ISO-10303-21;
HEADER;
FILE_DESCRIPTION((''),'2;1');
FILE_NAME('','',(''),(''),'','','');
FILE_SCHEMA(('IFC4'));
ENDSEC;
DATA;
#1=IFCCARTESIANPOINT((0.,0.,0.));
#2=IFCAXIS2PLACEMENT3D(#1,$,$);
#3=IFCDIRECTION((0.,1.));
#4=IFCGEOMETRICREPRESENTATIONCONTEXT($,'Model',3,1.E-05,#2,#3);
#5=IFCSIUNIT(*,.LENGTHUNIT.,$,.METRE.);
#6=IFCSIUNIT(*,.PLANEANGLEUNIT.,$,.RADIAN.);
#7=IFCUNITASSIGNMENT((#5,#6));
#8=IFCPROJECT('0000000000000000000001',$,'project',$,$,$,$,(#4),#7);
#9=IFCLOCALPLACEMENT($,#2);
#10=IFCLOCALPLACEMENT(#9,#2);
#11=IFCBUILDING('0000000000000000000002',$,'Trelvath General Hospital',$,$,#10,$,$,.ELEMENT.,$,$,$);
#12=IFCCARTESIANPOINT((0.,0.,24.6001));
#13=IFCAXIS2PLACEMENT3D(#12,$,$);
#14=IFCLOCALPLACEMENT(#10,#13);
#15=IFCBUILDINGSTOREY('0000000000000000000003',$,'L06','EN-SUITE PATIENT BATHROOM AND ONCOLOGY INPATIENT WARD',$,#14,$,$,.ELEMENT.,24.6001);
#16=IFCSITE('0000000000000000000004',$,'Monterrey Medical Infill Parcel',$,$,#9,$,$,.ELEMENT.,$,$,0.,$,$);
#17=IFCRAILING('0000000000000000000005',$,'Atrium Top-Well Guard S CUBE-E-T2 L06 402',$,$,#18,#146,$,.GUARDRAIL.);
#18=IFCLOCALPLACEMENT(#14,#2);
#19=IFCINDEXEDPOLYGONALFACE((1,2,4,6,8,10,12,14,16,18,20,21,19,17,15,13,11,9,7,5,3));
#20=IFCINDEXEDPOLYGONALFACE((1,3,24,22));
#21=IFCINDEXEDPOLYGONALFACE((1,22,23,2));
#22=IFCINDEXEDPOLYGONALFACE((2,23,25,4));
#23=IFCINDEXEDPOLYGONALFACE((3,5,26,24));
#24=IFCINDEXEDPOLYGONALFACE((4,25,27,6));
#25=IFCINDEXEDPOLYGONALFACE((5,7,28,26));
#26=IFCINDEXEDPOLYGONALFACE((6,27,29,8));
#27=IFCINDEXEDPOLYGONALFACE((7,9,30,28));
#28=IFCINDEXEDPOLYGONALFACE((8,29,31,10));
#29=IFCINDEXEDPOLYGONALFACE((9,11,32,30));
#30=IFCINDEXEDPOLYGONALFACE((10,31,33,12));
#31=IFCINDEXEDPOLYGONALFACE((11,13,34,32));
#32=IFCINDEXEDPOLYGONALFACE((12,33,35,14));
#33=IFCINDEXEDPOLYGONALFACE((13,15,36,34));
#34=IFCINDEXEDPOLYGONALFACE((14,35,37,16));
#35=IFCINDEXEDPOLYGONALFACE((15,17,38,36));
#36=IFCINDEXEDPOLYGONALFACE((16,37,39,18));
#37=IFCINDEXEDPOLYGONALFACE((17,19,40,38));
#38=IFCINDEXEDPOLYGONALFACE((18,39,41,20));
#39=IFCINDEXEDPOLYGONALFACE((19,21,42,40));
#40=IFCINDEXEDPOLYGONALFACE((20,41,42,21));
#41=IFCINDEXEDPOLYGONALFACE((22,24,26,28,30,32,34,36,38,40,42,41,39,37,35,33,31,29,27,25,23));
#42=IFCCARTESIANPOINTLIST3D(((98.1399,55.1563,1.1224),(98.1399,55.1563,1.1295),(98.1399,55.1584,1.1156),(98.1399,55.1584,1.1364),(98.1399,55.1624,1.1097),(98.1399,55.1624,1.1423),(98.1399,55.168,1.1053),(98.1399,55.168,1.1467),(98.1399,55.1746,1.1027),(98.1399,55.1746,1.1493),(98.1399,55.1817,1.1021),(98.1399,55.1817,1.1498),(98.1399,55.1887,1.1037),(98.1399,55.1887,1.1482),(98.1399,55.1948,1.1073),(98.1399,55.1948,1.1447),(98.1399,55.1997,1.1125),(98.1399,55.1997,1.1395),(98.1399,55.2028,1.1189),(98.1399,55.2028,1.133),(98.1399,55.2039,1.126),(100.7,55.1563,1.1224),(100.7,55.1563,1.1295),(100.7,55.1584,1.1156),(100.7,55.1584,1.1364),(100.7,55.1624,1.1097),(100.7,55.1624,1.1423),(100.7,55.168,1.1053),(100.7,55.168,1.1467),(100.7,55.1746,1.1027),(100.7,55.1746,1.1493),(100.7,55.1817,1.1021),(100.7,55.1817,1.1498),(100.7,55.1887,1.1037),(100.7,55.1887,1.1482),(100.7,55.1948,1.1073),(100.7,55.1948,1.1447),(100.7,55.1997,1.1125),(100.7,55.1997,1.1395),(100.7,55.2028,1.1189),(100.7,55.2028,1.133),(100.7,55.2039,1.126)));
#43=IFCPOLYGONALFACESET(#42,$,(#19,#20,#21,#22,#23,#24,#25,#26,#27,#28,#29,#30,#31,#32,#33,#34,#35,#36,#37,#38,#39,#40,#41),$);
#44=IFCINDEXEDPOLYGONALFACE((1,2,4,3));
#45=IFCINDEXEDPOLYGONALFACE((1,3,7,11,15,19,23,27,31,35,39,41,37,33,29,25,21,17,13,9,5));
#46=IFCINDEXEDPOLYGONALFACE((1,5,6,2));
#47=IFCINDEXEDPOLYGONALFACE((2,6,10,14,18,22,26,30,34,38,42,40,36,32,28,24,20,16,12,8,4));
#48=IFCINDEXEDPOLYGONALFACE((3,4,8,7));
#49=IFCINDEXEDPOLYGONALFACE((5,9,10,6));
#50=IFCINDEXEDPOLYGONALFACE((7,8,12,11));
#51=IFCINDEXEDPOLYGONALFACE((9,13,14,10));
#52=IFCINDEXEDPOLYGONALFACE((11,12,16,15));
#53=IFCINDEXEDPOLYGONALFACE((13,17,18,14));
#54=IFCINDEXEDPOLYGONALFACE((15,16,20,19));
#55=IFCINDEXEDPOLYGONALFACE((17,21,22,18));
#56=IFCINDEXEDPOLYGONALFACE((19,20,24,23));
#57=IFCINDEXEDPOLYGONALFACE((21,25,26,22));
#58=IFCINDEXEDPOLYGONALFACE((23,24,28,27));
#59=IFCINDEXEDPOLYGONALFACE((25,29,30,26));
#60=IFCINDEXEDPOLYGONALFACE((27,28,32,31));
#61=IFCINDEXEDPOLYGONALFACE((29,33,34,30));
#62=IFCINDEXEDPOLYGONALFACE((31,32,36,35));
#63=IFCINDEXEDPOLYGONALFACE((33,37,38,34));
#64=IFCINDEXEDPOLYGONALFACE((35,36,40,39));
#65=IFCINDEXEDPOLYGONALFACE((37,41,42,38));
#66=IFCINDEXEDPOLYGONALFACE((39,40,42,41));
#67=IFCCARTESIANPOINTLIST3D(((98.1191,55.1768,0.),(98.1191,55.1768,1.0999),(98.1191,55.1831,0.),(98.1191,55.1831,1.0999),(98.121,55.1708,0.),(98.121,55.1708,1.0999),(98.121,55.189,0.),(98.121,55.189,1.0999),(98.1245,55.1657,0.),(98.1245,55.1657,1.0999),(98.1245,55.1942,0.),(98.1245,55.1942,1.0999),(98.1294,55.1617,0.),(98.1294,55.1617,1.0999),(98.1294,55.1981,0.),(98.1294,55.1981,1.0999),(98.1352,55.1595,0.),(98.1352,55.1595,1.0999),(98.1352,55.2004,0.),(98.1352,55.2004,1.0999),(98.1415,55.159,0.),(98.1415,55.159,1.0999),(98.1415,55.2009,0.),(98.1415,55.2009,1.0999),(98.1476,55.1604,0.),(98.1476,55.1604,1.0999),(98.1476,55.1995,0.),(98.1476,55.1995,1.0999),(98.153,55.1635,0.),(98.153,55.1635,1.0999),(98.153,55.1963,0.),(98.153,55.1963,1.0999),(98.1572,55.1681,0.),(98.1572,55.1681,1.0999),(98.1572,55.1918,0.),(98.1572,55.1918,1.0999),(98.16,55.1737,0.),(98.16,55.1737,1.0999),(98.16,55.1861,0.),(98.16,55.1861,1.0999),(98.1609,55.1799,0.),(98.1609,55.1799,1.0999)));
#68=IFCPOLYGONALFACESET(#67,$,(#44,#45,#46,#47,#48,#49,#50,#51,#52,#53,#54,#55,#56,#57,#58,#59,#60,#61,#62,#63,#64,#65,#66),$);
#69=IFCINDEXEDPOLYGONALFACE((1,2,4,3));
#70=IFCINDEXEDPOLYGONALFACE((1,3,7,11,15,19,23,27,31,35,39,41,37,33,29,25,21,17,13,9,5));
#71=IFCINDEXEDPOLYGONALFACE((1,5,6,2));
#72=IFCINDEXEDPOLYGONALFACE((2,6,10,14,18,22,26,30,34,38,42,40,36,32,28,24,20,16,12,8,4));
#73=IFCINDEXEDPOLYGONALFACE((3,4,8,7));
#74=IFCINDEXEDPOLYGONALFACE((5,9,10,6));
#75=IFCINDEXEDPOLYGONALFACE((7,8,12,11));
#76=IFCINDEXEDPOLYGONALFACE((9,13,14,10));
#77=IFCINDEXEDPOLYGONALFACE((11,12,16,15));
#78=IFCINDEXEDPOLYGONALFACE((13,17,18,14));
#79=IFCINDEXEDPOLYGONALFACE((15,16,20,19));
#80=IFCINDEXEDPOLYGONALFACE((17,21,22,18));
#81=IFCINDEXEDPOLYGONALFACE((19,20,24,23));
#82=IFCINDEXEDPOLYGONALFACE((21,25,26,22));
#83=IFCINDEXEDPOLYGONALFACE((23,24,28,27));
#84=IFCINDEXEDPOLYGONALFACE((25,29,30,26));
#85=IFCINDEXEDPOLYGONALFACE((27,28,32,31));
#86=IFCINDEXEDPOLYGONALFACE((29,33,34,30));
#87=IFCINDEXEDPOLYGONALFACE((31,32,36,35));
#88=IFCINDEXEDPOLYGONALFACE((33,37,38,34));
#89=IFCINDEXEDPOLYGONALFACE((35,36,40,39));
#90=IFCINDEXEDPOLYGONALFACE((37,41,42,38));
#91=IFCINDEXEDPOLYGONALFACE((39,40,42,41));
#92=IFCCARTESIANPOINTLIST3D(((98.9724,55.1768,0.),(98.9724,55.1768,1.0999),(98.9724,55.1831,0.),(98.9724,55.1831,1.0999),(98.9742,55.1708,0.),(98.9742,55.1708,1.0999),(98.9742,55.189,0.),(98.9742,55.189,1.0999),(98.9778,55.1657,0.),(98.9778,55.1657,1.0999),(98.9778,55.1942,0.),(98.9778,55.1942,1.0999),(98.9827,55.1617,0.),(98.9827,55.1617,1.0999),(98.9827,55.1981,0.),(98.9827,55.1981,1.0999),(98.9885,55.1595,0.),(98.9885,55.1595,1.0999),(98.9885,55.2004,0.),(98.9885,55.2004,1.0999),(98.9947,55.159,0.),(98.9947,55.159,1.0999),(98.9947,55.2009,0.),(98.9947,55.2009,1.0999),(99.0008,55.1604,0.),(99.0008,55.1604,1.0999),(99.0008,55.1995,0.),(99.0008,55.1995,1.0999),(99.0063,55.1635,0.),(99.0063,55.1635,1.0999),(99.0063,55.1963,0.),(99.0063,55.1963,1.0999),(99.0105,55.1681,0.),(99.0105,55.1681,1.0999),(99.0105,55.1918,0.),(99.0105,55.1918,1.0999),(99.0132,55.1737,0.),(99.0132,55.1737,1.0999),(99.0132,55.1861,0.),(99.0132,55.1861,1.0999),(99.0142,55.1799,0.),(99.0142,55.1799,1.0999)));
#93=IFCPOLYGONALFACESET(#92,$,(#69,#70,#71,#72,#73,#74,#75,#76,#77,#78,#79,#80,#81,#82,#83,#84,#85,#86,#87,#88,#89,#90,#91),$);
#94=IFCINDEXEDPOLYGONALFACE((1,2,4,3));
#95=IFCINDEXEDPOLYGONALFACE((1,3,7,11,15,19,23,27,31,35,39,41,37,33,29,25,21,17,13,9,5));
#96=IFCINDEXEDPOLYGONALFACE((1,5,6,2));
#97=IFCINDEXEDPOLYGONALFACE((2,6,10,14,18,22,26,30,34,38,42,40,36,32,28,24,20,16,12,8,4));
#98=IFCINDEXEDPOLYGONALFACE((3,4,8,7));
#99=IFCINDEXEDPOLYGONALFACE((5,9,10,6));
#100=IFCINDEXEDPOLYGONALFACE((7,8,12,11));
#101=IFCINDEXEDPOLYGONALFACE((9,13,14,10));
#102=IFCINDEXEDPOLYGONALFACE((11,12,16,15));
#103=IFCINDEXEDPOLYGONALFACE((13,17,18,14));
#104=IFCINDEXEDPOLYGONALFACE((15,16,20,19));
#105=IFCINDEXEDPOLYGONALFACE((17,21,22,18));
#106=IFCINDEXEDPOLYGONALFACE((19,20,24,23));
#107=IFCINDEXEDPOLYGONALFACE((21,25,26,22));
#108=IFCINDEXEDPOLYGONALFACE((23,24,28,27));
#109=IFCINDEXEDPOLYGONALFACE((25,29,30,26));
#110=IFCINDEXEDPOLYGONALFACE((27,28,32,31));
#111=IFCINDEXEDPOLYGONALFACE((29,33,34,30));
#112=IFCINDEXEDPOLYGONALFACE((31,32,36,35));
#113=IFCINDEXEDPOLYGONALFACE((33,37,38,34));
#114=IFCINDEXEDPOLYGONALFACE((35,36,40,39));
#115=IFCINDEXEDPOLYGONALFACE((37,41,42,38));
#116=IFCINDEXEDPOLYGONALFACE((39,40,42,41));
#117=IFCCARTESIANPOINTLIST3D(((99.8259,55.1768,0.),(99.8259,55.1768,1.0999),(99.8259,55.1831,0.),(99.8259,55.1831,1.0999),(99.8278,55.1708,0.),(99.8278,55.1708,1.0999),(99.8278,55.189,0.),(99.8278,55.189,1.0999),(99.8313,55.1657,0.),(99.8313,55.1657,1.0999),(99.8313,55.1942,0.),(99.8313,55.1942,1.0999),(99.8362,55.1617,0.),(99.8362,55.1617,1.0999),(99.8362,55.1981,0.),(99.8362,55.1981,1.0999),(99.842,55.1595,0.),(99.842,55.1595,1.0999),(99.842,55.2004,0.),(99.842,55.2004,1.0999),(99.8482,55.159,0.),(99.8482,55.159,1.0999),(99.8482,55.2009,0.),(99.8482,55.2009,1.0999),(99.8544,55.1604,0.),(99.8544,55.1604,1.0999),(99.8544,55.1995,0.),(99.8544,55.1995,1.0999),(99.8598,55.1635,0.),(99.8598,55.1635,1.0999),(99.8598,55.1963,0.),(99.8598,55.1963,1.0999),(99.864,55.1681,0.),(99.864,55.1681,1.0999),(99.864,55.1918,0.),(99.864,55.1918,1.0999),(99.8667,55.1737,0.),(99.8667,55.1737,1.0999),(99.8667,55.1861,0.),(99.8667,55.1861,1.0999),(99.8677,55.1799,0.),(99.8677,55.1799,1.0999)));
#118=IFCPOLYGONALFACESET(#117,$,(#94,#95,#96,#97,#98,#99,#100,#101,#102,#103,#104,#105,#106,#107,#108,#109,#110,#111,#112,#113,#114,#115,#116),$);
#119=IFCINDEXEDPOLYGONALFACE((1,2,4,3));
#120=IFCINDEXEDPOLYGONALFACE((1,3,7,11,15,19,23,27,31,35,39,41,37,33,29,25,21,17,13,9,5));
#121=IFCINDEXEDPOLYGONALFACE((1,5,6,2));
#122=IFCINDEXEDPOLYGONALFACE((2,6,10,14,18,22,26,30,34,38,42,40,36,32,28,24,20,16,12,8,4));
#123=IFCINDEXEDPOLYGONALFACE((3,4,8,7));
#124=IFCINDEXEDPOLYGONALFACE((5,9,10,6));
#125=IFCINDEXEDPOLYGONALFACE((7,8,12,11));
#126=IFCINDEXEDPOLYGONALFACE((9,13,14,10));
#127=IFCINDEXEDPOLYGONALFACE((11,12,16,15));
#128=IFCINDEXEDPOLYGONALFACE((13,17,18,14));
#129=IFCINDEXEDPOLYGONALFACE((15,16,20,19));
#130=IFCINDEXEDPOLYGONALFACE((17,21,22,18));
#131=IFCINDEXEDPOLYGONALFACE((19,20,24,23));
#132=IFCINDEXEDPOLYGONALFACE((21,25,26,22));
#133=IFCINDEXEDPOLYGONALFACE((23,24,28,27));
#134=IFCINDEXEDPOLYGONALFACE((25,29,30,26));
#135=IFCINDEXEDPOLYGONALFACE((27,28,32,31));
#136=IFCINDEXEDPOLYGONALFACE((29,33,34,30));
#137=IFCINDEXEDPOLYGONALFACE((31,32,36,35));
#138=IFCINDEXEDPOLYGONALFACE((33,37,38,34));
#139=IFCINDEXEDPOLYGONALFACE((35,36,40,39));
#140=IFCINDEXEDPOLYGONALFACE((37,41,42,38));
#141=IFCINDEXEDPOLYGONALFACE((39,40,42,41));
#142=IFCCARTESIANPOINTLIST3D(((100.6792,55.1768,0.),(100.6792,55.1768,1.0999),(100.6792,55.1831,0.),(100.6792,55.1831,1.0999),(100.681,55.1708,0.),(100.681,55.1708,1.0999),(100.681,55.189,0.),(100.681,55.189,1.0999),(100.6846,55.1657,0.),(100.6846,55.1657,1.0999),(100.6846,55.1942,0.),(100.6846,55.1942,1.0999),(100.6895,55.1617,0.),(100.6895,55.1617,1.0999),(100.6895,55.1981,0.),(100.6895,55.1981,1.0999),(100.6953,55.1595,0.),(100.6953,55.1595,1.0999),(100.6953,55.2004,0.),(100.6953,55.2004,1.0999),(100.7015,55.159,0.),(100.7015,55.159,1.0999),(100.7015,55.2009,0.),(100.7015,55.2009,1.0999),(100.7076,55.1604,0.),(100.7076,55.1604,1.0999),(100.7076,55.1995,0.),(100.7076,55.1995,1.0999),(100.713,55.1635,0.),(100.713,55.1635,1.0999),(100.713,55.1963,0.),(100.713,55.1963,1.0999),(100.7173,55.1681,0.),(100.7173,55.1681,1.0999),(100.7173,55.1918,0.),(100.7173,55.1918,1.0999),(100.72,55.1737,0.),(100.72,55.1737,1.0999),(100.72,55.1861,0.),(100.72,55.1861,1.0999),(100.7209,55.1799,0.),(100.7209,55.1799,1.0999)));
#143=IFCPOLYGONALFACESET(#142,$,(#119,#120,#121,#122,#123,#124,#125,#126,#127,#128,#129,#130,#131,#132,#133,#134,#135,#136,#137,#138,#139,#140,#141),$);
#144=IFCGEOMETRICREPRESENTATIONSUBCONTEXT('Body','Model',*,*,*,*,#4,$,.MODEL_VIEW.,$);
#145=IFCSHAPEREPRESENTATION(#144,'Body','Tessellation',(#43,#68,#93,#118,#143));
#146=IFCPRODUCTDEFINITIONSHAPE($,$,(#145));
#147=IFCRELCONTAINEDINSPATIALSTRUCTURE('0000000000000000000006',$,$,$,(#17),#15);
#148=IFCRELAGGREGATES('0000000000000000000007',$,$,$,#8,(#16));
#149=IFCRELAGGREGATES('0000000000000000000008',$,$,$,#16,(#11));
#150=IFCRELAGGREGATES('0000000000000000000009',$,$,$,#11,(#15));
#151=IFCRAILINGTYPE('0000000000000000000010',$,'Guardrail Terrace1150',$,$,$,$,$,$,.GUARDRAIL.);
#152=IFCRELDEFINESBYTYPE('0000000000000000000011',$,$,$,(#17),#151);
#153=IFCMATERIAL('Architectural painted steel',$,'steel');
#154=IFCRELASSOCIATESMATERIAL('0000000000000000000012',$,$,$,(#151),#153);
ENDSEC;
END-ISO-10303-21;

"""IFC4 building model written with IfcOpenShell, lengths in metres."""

from ifc_helpers import new_model, si_unit, direction, frame, origin, origin_2d, place, context, subcontext, project, spatial, circle, extrude, material, type_object, element, save


model = new_model("IFC4")

# Units and contexts
model_context = context("Model", 3, precision=1e-05, world=origin(), true_north=direction((0.0, 1.0)))
body_context = subcontext(model_context, "Body", "Model", "MODEL_VIEW")
ifc_project = project(units=[si_unit("LENGTHUNIT", "METRE"), si_unit("PLANEANGLEUNIT", "RADIAN")], contexts=[model_context])

# Site, building, storey
site_placement = place(None, origin())
site = spatial("IfcSite", under=ifc_project, at=site_placement, Name="Monterrey Medical Infill Parcel", CompositionType="ELEMENT", RefElevation=0.0)
building_placement = place(site_placement, origin())
building = spatial("IfcBuilding", under=site, at=building_placement, Name="Trelvath General Hospital", CompositionType="ELEMENT")
storey_placement = place(building_placement, frame((0.0, 0.0, 24.6001)))
storey = spatial("IfcBuildingStorey", under=building, at=storey_placement, Name="L06", Description="EN-SUITE PATIENT BATHROOM AND ONCOLOGY INPATIENT WARD", CompositionType="ELEMENT", Elevation=24.6001)

# Railing
ifc_material_1 = material(Name="Architectural painted steel", Category="steel")
railing_type = type_object("IfcRailingType", Name="Guardrail Terrace1150", PredefinedType="GUARDRAIL", material=ifc_material_1)
railing_1_placement = place(storey_placement, frame((98.1399, 55.1799, 0.0)))
element("IfcRailing", 1, at=railing_1_placement, inside=storey, type_object=railing_type, Name="Atrium Top-Well Guard S CUBE-E-T2 L06 402", PredefinedType="GUARDRAIL", context=body_context, shape_type="SweptSolid", body=[
    extrude(circle(Radius=0.0239, at=origin_2d()), frame((0.0, 0.0, 1.126), z_axis=(1.0, 0.0, 0.0), x_axis=(0.0, 1.0, 0.0)), (0.0, 0.0, 1.0), 2.5601),
    extrude(circle(Radius=0.021, at=origin_2d()), origin(), (0.0, 0.0, 1.0), 1.0999),
    extrude(circle(Radius=0.021, at=origin_2d()), frame((0.8533, 0.0, 0.0)), (0.0, 0.0, 1.0), 1.0999),
    extrude(circle(Radius=0.021, at=origin_2d()), frame((1.7068, 0.0, 0.0)), (0.0, 0.0, 1.0), 1.0999),
    extrude(circle(Radius=0.021, at=origin_2d()), frame((2.5601, 0.0, 0.0)), (0.0, 0.0, 1.0), 1.0999),
])

save(model, "model.ifc")
